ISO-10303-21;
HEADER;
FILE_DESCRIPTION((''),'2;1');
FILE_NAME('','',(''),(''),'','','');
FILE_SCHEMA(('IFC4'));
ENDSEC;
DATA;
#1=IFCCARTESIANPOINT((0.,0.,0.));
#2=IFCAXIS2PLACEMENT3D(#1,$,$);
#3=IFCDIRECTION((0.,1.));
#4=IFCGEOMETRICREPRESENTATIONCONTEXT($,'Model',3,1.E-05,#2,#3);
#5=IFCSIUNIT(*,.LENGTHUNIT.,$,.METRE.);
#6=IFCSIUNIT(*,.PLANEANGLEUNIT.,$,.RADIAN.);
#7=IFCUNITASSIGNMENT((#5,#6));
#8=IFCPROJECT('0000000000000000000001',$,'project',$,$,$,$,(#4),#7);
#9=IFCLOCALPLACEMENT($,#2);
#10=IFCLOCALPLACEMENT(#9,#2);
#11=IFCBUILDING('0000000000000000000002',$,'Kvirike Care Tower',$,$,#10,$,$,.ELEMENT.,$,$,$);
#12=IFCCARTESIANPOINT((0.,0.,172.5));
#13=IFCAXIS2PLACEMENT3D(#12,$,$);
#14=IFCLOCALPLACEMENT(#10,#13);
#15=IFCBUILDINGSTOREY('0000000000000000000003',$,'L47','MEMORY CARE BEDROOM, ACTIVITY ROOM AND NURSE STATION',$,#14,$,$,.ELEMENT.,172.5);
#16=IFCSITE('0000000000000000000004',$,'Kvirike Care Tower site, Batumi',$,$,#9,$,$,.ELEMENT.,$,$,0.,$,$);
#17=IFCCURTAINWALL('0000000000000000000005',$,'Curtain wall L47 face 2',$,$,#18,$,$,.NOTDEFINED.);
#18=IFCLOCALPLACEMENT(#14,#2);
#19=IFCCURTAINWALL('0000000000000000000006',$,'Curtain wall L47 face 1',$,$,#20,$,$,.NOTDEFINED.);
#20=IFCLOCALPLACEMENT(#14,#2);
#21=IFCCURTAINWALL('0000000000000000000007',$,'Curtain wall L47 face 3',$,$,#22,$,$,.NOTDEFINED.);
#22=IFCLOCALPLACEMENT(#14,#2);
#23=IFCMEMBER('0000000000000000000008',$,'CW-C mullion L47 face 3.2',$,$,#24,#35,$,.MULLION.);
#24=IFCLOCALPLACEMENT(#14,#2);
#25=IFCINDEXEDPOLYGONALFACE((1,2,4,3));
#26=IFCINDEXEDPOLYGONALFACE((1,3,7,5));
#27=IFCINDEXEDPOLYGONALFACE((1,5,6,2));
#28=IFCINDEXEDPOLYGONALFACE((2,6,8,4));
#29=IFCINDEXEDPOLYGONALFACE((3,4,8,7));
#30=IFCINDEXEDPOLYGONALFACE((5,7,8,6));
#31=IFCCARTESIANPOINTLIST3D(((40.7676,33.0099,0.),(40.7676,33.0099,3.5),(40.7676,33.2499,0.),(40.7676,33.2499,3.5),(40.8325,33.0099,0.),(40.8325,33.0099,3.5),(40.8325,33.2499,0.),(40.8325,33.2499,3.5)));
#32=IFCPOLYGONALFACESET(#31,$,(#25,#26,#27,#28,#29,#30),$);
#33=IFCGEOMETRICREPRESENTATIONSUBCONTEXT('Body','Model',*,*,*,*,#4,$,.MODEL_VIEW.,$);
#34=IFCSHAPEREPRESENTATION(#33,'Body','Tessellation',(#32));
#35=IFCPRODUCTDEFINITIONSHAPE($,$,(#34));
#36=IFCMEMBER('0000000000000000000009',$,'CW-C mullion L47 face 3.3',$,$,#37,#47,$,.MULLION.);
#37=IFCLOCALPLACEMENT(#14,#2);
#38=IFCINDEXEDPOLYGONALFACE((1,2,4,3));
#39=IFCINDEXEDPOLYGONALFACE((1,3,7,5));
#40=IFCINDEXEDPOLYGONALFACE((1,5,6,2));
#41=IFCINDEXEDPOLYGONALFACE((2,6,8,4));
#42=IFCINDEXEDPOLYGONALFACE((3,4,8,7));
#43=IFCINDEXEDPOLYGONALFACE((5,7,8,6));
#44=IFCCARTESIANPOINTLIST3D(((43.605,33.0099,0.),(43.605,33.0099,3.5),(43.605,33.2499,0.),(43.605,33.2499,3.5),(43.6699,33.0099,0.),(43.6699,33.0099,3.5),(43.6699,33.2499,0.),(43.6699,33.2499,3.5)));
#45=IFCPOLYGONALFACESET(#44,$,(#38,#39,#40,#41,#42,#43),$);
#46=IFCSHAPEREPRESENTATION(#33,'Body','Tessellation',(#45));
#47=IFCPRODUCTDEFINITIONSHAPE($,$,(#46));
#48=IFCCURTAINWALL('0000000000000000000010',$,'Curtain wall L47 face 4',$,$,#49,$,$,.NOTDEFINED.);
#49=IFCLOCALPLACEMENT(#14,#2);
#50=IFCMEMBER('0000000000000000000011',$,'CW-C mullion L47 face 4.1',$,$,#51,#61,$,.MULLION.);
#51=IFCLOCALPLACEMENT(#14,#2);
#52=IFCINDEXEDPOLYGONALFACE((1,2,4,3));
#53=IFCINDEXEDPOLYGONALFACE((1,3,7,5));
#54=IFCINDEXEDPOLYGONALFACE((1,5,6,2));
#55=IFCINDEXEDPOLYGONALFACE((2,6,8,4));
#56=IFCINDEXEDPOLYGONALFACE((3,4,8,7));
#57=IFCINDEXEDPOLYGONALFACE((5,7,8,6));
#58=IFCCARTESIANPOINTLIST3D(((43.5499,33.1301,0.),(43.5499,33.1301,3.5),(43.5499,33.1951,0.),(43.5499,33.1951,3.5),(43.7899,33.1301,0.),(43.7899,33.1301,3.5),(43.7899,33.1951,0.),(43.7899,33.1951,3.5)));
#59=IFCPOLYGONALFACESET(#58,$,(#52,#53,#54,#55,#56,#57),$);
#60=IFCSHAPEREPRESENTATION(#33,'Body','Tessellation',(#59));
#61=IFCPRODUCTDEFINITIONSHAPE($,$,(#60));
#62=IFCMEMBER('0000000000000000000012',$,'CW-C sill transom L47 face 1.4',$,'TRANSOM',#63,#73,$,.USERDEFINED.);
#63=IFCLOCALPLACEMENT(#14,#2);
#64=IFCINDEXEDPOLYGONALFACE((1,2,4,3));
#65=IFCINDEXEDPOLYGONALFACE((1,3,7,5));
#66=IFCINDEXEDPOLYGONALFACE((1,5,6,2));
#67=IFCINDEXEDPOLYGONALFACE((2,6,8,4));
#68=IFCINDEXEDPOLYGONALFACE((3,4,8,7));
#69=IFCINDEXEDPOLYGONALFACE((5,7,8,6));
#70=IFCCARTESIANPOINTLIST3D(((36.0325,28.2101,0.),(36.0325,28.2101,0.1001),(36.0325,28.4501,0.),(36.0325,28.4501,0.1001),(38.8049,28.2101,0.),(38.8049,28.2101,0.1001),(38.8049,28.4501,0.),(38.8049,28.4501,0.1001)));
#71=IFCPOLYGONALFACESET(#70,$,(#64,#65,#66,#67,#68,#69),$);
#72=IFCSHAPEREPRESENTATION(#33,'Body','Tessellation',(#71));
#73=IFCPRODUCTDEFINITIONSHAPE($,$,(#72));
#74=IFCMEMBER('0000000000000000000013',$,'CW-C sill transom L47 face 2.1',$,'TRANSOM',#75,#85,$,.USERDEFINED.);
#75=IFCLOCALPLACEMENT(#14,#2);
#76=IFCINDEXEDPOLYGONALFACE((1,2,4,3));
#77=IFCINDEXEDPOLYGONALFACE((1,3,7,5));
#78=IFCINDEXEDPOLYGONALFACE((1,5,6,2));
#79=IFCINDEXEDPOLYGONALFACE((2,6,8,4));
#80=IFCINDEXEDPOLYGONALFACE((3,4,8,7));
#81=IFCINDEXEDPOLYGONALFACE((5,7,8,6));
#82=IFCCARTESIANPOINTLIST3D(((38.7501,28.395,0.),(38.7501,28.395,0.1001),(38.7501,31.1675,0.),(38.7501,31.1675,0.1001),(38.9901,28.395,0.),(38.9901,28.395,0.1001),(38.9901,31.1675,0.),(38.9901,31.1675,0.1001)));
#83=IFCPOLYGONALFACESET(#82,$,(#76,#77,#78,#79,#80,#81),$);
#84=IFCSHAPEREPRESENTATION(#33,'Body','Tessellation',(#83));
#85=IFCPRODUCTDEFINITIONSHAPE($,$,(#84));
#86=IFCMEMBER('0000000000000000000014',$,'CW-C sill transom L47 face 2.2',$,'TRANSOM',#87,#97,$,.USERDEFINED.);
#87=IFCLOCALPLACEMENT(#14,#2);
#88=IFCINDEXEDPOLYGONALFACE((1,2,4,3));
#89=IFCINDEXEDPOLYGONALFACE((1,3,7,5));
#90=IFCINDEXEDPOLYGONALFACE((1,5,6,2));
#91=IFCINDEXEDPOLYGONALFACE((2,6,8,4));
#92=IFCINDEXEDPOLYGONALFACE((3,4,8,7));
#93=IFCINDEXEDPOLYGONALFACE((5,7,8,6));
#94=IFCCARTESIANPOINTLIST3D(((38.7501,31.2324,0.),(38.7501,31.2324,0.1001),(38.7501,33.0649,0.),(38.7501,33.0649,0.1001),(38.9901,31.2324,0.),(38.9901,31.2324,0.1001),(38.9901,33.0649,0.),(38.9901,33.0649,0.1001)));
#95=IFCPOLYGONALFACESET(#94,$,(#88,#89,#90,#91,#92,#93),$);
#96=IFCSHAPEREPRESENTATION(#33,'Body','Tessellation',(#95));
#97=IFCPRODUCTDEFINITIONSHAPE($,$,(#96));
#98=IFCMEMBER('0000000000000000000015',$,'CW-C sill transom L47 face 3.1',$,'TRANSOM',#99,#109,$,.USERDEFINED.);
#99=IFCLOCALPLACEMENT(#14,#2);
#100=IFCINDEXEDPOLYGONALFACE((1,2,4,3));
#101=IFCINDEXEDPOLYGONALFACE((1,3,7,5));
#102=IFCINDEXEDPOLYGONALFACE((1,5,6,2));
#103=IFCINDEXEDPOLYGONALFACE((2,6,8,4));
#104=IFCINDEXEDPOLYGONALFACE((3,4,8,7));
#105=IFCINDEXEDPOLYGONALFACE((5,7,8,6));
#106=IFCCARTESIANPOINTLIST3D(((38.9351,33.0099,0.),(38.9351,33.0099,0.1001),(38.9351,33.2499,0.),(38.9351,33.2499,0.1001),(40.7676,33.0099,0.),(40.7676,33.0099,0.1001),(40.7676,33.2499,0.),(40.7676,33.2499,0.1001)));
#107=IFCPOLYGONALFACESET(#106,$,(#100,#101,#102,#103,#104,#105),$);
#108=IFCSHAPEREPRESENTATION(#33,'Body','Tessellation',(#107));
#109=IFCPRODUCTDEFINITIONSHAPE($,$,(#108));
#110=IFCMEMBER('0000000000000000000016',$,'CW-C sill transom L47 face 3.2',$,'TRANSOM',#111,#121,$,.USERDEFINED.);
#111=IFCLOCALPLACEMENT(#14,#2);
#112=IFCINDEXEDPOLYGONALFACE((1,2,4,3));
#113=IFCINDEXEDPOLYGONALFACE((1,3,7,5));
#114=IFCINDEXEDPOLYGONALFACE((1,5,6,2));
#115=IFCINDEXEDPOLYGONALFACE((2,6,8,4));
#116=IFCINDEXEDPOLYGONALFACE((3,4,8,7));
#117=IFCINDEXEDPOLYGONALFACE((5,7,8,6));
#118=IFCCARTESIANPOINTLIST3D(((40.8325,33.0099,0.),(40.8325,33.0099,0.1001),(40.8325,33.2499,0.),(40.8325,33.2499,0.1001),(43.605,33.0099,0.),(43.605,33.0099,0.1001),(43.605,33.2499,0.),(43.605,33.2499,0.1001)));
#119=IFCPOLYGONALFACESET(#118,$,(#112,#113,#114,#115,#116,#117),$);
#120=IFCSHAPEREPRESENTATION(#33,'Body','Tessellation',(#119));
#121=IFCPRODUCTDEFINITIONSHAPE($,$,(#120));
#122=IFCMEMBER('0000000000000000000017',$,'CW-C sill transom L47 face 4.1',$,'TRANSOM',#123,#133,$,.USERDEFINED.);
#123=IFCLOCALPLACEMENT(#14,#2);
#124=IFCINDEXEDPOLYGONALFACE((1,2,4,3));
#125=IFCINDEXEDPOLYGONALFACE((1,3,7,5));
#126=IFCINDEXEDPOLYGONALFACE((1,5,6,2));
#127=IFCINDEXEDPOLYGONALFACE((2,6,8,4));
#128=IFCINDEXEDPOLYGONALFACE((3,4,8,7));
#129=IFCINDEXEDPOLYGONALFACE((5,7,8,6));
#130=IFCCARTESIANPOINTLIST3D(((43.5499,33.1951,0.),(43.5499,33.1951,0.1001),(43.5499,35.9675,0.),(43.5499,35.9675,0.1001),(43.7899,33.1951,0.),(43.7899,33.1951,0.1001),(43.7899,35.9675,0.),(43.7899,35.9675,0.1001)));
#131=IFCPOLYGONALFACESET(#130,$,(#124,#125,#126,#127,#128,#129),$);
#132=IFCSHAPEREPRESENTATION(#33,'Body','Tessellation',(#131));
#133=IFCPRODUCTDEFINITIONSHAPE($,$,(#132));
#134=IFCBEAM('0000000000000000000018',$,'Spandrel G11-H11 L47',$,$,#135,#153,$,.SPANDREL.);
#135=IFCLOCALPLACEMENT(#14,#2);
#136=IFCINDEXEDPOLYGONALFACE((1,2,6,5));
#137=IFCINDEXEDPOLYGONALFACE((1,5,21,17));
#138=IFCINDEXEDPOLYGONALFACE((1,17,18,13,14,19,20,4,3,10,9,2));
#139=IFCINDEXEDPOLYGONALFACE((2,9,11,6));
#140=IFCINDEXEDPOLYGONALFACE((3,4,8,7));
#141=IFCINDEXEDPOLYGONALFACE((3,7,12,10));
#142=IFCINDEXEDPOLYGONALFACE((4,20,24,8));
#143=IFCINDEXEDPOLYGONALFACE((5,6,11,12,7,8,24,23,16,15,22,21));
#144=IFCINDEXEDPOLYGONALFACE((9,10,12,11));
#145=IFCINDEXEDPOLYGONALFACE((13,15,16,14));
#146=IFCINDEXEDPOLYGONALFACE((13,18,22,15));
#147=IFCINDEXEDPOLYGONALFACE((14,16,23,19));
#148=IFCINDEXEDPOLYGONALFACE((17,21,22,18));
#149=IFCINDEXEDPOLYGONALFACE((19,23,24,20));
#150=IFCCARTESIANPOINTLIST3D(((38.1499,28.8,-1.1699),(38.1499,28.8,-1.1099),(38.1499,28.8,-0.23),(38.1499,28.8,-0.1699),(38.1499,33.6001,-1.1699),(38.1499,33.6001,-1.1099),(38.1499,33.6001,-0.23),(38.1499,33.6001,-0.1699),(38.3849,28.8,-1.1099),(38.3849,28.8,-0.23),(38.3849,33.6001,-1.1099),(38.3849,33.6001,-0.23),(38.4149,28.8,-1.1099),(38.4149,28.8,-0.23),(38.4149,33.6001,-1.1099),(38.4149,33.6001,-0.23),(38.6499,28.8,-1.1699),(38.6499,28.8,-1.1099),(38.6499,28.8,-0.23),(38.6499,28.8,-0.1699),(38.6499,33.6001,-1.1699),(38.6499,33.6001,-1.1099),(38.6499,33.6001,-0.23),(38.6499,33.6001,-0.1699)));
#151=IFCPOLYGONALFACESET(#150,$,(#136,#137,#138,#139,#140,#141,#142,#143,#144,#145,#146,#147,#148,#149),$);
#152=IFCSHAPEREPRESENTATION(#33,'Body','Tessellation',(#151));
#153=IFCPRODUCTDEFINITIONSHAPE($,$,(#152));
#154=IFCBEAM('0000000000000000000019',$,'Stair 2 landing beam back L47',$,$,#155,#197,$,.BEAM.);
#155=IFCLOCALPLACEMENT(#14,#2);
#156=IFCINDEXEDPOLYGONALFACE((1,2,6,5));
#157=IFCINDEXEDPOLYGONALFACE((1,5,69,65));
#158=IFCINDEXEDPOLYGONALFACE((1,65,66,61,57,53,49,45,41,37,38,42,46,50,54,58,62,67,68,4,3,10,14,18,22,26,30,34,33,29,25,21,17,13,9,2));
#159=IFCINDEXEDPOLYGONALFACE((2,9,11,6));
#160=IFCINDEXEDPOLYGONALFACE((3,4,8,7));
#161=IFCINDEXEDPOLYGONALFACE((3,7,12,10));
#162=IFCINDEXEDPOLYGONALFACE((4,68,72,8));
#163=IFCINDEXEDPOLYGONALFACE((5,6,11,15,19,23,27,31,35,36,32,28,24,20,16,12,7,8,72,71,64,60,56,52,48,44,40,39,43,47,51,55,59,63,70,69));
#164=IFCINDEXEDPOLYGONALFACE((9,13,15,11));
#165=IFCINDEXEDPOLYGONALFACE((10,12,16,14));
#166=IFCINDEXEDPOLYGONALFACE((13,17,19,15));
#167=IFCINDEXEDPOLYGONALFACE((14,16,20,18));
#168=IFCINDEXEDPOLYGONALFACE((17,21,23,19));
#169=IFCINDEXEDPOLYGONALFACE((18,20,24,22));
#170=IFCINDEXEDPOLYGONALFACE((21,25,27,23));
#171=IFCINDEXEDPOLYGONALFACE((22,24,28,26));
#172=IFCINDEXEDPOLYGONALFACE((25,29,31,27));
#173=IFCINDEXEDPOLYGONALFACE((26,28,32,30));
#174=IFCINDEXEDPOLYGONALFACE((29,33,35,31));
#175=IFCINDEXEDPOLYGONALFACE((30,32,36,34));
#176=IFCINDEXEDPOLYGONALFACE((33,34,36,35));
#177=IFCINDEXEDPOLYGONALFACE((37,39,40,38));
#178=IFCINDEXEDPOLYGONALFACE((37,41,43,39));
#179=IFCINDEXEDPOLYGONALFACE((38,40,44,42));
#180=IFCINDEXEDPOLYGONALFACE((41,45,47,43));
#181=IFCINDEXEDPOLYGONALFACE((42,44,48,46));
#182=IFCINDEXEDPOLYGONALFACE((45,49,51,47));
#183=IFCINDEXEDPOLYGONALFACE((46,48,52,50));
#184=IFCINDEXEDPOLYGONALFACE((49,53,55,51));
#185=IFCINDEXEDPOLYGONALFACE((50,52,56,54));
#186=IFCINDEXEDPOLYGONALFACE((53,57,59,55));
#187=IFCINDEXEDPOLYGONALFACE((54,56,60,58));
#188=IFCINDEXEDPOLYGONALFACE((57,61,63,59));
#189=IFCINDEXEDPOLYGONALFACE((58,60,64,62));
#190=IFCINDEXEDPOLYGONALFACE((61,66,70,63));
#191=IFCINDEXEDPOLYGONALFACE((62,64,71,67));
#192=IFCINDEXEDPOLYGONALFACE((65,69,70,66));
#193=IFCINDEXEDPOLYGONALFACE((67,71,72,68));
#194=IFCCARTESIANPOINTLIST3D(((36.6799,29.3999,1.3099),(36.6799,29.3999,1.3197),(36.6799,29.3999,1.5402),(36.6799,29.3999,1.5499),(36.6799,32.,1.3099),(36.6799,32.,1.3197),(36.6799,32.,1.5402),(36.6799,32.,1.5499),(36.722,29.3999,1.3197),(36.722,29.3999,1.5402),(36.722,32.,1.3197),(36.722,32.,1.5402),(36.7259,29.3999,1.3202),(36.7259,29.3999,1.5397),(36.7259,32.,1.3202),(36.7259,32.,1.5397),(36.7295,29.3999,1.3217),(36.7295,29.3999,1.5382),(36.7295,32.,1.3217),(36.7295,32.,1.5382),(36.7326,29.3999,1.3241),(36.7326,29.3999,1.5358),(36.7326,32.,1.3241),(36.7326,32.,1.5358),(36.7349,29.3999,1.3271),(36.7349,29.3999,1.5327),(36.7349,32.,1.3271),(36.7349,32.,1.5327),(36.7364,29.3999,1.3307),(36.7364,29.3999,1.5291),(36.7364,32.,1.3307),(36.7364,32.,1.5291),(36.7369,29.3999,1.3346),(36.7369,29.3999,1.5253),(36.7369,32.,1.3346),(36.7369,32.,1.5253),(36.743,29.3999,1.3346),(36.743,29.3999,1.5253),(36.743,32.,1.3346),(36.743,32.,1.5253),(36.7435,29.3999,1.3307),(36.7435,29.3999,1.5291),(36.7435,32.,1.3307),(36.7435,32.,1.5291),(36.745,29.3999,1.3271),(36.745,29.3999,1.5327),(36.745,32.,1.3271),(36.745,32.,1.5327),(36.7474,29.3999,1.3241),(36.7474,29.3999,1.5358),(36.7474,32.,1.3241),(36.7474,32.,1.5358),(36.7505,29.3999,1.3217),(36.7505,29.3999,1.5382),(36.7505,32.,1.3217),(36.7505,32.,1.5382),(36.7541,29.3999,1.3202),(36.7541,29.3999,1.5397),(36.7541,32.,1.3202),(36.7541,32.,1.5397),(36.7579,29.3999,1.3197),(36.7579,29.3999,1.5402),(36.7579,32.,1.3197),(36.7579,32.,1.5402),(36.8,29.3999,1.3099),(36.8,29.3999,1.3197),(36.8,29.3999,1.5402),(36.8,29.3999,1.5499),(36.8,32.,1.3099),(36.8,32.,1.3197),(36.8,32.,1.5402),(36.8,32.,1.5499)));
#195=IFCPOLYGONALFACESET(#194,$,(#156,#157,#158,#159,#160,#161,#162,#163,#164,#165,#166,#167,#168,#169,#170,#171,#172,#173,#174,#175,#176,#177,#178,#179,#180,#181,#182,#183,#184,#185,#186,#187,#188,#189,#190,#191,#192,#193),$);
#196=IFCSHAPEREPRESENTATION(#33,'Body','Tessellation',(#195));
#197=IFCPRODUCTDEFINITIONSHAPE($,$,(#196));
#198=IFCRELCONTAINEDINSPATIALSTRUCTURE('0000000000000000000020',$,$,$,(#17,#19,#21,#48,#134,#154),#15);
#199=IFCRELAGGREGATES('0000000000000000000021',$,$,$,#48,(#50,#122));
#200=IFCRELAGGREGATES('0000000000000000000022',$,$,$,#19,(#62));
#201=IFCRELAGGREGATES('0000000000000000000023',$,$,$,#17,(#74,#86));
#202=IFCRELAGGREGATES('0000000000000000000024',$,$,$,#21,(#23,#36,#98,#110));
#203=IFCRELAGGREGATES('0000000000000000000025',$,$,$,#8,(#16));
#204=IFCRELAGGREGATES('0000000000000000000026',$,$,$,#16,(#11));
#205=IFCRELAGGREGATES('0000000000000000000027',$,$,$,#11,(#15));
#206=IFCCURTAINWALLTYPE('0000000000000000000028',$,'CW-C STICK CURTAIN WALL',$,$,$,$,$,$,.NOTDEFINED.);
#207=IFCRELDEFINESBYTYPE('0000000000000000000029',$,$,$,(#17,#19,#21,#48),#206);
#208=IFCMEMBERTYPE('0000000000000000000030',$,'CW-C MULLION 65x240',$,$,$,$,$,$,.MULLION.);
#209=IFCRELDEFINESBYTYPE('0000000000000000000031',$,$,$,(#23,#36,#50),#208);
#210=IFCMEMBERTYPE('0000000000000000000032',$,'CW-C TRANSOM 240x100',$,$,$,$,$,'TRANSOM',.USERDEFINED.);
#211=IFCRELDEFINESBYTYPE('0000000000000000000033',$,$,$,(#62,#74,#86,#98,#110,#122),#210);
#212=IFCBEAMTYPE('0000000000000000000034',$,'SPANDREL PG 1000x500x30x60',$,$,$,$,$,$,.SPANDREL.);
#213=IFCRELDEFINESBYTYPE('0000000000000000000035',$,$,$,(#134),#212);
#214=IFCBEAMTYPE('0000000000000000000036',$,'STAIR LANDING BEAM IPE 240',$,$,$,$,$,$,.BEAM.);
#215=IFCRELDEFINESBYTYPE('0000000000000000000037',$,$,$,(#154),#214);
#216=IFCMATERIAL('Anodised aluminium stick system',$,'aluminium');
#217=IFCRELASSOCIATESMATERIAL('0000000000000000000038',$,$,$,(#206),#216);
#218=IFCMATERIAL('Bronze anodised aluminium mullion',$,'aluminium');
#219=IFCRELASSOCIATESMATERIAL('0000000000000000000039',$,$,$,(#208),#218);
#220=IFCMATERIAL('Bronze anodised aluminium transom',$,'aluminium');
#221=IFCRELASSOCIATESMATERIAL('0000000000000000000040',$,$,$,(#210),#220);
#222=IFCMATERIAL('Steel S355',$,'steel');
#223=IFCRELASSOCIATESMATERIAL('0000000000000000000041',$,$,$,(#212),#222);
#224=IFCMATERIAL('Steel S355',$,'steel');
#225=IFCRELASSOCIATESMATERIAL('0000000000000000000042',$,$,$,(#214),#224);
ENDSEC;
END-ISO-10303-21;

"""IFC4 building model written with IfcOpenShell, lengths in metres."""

from ifc_helpers import new_model, si_unit, direction, frame, origin, origin_2d, place, context, subcontext, project, spatial, rectangle, i_section, extrude, material, material_profile, profile_set, type_object, element, aggregate, save


model = new_model("IFC4")

# Units and contexts
model_context = context("Model", 3, precision=1e-05, world=origin(), true_north=direction((0.0, 1.0)))
body_context = subcontext(model_context, "Body", "Model", "MODEL_VIEW")
ifc_project = project(units=[si_unit("LENGTHUNIT", "METRE"), si_unit("PLANEANGLEUNIT", "RADIAN")], contexts=[model_context])

# Site, building, storey
site_placement = place(None, origin())
site = spatial("IfcSite", under=ifc_project, at=site_placement, Name="Kvirike Care Tower site, Batumi", CompositionType="ELEMENT", RefElevation=0.0)
building_placement = place(site_placement, origin())
building = spatial("IfcBuilding", under=site, at=building_placement, Name="Kvirike Care Tower", CompositionType="ELEMENT")
storey_placement = place(building_placement, frame((0.0, 0.0, 172.5)))
storey = spatial("IfcBuildingStorey", under=building, at=storey_placement, Name="L47", Description="MEMORY CARE BEDROOM, ACTIVITY ROOM AND NURSE STATION", CompositionType="ELEMENT", Elevation=172.5)

# Curtain wall
ifc_material_1 = material(Name="Anodised aluminium stick system", Category="aluminium")
curtain_wall_type = type_object("IfcCurtainWallType", Name="CW-C STICK CURTAIN WALL", PredefinedType="NOTDEFINED", material=ifc_material_1)
curtain_wall_1_placement = place(storey_placement, origin())
curtain_wall_1 = element("IfcCurtainWall", 1, at=curtain_wall_1_placement, inside=storey, type_object=curtain_wall_type, Name="Curtain wall L47 face 2", PredefinedType="NOTDEFINED")

# Curtain wall
curtain_wall_2_placement = place(storey_placement, origin())
curtain_wall_2 = element("IfcCurtainWall", 2, at=curtain_wall_2_placement, inside=storey, type_object=curtain_wall_type, Name="Curtain wall L47 face 1", PredefinedType="NOTDEFINED")
ifc_material_2 = material(Name="Bronze anodised aluminium mullion", Category="aluminium")
ifc_material_profile_1 = material_profile(ifc_material_2, rectangle(XDim=0.0649, YDim=0.24, at=origin_2d()), Name="CW-C MULLION 65x240")
ifc_profile_set_1 = profile_set([ifc_material_profile_1], Name="Bronze anodised aluminium mullion")
member_type_1 = type_object("IfcMemberType", Name="CW-C MULLION 65x240", PredefinedType="MULLION", material=ifc_profile_set_1)

# Curtain wall, members
curtain_wall_3_placement = place(storey_placement, origin())
curtain_wall_3 = element("IfcCurtainWall", 3, at=curtain_wall_3_placement, inside=storey, type_object=curtain_wall_type, Name="Curtain wall L47 face 3", PredefinedType="NOTDEFINED")
member_1_placement = place(storey_placement, frame((40.8, 33.1299, 0.0), z_axis=(0.0, 0.0, 1.0), x_axis=(1.0, 0.0, 0.0)))
member_1 = element("IfcMember", 4, at=member_1_placement, type_object=member_type_1, Name="CW-C mullion L47 face 3.2", PredefinedType="MULLION", context=body_context, shape_type="SweptSolid", body=[
    extrude(rectangle(XDim=0.0649, YDim=0.24, at=origin_2d()), origin(), (0.0, 0.0, 1.0), 3.5),
])
member_2_placement = place(storey_placement, frame((43.6375, 33.1299, 0.0), z_axis=(0.0, 0.0, 1.0), x_axis=(1.0, 0.0, 0.0)))
member_2 = element("IfcMember", 5, at=member_2_placement, type_object=member_type_1, Name="CW-C mullion L47 face 3.3", PredefinedType="MULLION", context=body_context, shape_type="SweptSolid", body=[
    extrude(rectangle(XDim=0.0649, YDim=0.24, at=origin_2d()), origin(), (0.0, 0.0, 1.0), 3.5),
])

# Curtain wall, member
curtain_wall_4_placement = place(storey_placement, origin())
curtain_wall_4 = element("IfcCurtainWall", 6, at=curtain_wall_4_placement, inside=storey, type_object=curtain_wall_type, Name="Curtain wall L47 face 4", PredefinedType="NOTDEFINED")
member_3_placement = place(storey_placement, frame((43.6699, 33.1626, 0.0), z_axis=(0.0, 0.0, 1.0), x_axis=(0.0, 1.0, 0.0)))
member_3 = element("IfcMember", 7, at=member_3_placement, type_object=member_type_1, Name="CW-C mullion L47 face 4.1", PredefinedType="MULLION", context=body_context, shape_type="SweptSolid", body=[
    extrude(rectangle(XDim=0.0649, YDim=0.24, at=origin_2d()), origin(), (0.0, 0.0, 1.0), 3.5),
])

# Members
ifc_material_3 = material(Name="Bronze anodised aluminium transom", Category="aluminium")
ifc_material_profile_2 = material_profile(ifc_material_3, rectangle(XDim=0.24, YDim=0.1001, at=origin_2d()), Name="CW-C TRANSOM 240x100")
ifc_profile_set_2 = profile_set([ifc_material_profile_2], Name="Bronze anodised aluminium transom")
member_type_2 = type_object("IfcMemberType", Name="CW-C TRANSOM 240x100", ElementType="TRANSOM", PredefinedType="USERDEFINED", material=ifc_profile_set_2)
member_4_placement = place(storey_placement, frame((36.0325, 28.3301, 0.05), z_axis=(1.0, 0.0, 0.0), x_axis=(0.0, 1.0, 0.0)))
member_4 = element("IfcMember", 8, at=member_4_placement, type_object=member_type_2, Name="CW-C sill transom L47 face 1.4", ObjectType="TRANSOM", PredefinedType="USERDEFINED", context=body_context, shape_type="SweptSolid", body=[
    extrude(rectangle(XDim=0.24, YDim=0.1001, at=origin_2d()), origin(), (0.0, 0.0, 1.0), 2.7725),
])
member_5_placement = place(storey_placement, frame((38.8701, 28.395, 0.05), z_axis=(0.0, 1.0, 0.0), x_axis=(-1.0, 0.0, 0.0)))
member_5 = element("IfcMember", 9, at=member_5_placement, type_object=member_type_2, Name="CW-C sill transom L47 face 2.1", ObjectType="TRANSOM", PredefinedType="USERDEFINED", context=body_context, shape_type="SweptSolid", body=[
    extrude(rectangle(XDim=0.24, YDim=0.1001, at=origin_2d()), origin(), (0.0, 0.0, 1.0), 2.7725),
])
member_6_placement = place(storey_placement, frame((38.8701, 31.2324, 0.05), z_axis=(0.0, 1.0, 0.0), x_axis=(-1.0, 0.0, 0.0)))
member_6 = element("IfcMember", 10, at=member_6_placement, type_object=member_type_2, Name="CW-C sill transom L47 face 2.2", ObjectType="TRANSOM", PredefinedType="USERDEFINED", context=body_context, shape_type="SweptSolid", body=[
    extrude(rectangle(XDim=0.24, YDim=0.1001, at=origin_2d()), origin(), (0.0, 0.0, 1.0), 1.8325),
])
member_7_placement = place(storey_placement, frame((38.9351, 33.1299, 0.05), z_axis=(1.0, 0.0, 0.0), x_axis=(0.0, 1.0, 0.0)))
member_7 = element("IfcMember", 11, at=member_7_placement, type_object=member_type_2, Name="CW-C sill transom L47 face 3.1", ObjectType="TRANSOM", PredefinedType="USERDEFINED", context=body_context, shape_type="SweptSolid", body=[
    extrude(rectangle(XDim=0.24, YDim=0.1001, at=origin_2d()), origin(), (0.0, 0.0, 1.0), 1.8325),
])
member_8_placement = place(storey_placement, frame((40.8325, 33.1299, 0.05), z_axis=(1.0, 0.0, 0.0), x_axis=(0.0, 1.0, 0.0)))
member_8 = element("IfcMember", 12, at=member_8_placement, type_object=member_type_2, Name="CW-C sill transom L47 face 3.2", ObjectType="TRANSOM", PredefinedType="USERDEFINED", context=body_context, shape_type="SweptSolid", body=[
    extrude(rectangle(XDim=0.24, YDim=0.1001, at=origin_2d()), origin(), (0.0, 0.0, 1.0), 2.7725),
])
member_9_placement = place(storey_placement, frame((43.6699, 33.1951, 0.05), z_axis=(0.0, 1.0, 0.0), x_axis=(-1.0, 0.0, 0.0)))
member_9 = element("IfcMember", 13, at=member_9_placement, type_object=member_type_2, Name="CW-C sill transom L47 face 4.1", ObjectType="TRANSOM", PredefinedType="USERDEFINED", context=body_context, shape_type="SweptSolid", body=[
    extrude(rectangle(XDim=0.24, YDim=0.1001, at=origin_2d()), origin(), (0.0, 0.0, 1.0), 2.7725),
])
aggregate(curtain_wall_4, [member_3, member_9])

# Beams
ifc_material_4 = material(Name="Steel S355", Category="steel")
ifc_material_profile_3 = material_profile(ifc_material_4, i_section(OverallWidth=0.5, OverallDepth=1.0, WebThickness=0.03, FlangeThickness=0.0601, at=origin_2d()), Name="PG 1000x500x30x60")
ifc_profile_set_3 = profile_set([ifc_material_profile_3], Name="Steel S355")
beam_type_1 = type_object("IfcBeamType", Name="SPANDREL PG 1000x500x30x60", PredefinedType="SPANDREL", material=ifc_profile_set_3)
beam_1_placement = place(storey_placement, frame((38.3999, 28.8, -0.6699), z_axis=(0.0, 1.0, 0.0), x_axis=(-1.0, 0.0, 0.0)))
element("IfcBeam", 14, at=beam_1_placement, inside=storey, type_object=beam_type_1, Name="Spandrel G11-H11 L47", PredefinedType="SPANDREL", context=body_context, shape_type="SweptSolid", body=[
    extrude(i_section(OverallWidth=0.5, OverallDepth=1.0, WebThickness=0.03, FlangeThickness=0.0601, at=origin_2d()), origin(), (0.0, 0.0, 1.0), 4.8),
])
ifc_material_5 = material(Name="Steel S355", Category="steel")
ifc_material_profile_4 = material_profile(ifc_material_5, i_section(OverallWidth=0.1201, OverallDepth=0.24, WebThickness=0.0061, FlangeThickness=0.0098, FilletRadius=0.0149, at=origin_2d()), Name="IPE 240")
ifc_profile_set_4 = profile_set([ifc_material_profile_4], Name="Steel S355")
beam_type_2 = type_object("IfcBeamType", Name="STAIR LANDING BEAM IPE 240", PredefinedType="BEAM", material=ifc_profile_set_4)
beam_2_placement = place(storey_placement, frame((36.74, 29.3999, 1.4299), z_axis=(0.0, 1.0, 0.0), x_axis=(-1.0, 0.0, 0.0)))
element("IfcBeam", 15, at=beam_2_placement, inside=storey, type_object=beam_type_2, Name="Stair 2 landing beam back L47", PredefinedType="BEAM", context=body_context, shape_type="SweptSolid", body=[
    extrude(i_section(OverallWidth=0.1201, OverallDepth=0.24, WebThickness=0.0061, FlangeThickness=0.0098, FilletRadius=0.0149, at=origin_2d()), origin(), (0.0, 0.0, 1.0), 2.6001),
])

aggregate(curtain_wall_2, [member_4])
aggregate(curtain_wall_1, [member_5, member_6])
aggregate(curtain_wall_3, [member_1, member_2, member_7, member_8])

save(model, "model.ifc")
